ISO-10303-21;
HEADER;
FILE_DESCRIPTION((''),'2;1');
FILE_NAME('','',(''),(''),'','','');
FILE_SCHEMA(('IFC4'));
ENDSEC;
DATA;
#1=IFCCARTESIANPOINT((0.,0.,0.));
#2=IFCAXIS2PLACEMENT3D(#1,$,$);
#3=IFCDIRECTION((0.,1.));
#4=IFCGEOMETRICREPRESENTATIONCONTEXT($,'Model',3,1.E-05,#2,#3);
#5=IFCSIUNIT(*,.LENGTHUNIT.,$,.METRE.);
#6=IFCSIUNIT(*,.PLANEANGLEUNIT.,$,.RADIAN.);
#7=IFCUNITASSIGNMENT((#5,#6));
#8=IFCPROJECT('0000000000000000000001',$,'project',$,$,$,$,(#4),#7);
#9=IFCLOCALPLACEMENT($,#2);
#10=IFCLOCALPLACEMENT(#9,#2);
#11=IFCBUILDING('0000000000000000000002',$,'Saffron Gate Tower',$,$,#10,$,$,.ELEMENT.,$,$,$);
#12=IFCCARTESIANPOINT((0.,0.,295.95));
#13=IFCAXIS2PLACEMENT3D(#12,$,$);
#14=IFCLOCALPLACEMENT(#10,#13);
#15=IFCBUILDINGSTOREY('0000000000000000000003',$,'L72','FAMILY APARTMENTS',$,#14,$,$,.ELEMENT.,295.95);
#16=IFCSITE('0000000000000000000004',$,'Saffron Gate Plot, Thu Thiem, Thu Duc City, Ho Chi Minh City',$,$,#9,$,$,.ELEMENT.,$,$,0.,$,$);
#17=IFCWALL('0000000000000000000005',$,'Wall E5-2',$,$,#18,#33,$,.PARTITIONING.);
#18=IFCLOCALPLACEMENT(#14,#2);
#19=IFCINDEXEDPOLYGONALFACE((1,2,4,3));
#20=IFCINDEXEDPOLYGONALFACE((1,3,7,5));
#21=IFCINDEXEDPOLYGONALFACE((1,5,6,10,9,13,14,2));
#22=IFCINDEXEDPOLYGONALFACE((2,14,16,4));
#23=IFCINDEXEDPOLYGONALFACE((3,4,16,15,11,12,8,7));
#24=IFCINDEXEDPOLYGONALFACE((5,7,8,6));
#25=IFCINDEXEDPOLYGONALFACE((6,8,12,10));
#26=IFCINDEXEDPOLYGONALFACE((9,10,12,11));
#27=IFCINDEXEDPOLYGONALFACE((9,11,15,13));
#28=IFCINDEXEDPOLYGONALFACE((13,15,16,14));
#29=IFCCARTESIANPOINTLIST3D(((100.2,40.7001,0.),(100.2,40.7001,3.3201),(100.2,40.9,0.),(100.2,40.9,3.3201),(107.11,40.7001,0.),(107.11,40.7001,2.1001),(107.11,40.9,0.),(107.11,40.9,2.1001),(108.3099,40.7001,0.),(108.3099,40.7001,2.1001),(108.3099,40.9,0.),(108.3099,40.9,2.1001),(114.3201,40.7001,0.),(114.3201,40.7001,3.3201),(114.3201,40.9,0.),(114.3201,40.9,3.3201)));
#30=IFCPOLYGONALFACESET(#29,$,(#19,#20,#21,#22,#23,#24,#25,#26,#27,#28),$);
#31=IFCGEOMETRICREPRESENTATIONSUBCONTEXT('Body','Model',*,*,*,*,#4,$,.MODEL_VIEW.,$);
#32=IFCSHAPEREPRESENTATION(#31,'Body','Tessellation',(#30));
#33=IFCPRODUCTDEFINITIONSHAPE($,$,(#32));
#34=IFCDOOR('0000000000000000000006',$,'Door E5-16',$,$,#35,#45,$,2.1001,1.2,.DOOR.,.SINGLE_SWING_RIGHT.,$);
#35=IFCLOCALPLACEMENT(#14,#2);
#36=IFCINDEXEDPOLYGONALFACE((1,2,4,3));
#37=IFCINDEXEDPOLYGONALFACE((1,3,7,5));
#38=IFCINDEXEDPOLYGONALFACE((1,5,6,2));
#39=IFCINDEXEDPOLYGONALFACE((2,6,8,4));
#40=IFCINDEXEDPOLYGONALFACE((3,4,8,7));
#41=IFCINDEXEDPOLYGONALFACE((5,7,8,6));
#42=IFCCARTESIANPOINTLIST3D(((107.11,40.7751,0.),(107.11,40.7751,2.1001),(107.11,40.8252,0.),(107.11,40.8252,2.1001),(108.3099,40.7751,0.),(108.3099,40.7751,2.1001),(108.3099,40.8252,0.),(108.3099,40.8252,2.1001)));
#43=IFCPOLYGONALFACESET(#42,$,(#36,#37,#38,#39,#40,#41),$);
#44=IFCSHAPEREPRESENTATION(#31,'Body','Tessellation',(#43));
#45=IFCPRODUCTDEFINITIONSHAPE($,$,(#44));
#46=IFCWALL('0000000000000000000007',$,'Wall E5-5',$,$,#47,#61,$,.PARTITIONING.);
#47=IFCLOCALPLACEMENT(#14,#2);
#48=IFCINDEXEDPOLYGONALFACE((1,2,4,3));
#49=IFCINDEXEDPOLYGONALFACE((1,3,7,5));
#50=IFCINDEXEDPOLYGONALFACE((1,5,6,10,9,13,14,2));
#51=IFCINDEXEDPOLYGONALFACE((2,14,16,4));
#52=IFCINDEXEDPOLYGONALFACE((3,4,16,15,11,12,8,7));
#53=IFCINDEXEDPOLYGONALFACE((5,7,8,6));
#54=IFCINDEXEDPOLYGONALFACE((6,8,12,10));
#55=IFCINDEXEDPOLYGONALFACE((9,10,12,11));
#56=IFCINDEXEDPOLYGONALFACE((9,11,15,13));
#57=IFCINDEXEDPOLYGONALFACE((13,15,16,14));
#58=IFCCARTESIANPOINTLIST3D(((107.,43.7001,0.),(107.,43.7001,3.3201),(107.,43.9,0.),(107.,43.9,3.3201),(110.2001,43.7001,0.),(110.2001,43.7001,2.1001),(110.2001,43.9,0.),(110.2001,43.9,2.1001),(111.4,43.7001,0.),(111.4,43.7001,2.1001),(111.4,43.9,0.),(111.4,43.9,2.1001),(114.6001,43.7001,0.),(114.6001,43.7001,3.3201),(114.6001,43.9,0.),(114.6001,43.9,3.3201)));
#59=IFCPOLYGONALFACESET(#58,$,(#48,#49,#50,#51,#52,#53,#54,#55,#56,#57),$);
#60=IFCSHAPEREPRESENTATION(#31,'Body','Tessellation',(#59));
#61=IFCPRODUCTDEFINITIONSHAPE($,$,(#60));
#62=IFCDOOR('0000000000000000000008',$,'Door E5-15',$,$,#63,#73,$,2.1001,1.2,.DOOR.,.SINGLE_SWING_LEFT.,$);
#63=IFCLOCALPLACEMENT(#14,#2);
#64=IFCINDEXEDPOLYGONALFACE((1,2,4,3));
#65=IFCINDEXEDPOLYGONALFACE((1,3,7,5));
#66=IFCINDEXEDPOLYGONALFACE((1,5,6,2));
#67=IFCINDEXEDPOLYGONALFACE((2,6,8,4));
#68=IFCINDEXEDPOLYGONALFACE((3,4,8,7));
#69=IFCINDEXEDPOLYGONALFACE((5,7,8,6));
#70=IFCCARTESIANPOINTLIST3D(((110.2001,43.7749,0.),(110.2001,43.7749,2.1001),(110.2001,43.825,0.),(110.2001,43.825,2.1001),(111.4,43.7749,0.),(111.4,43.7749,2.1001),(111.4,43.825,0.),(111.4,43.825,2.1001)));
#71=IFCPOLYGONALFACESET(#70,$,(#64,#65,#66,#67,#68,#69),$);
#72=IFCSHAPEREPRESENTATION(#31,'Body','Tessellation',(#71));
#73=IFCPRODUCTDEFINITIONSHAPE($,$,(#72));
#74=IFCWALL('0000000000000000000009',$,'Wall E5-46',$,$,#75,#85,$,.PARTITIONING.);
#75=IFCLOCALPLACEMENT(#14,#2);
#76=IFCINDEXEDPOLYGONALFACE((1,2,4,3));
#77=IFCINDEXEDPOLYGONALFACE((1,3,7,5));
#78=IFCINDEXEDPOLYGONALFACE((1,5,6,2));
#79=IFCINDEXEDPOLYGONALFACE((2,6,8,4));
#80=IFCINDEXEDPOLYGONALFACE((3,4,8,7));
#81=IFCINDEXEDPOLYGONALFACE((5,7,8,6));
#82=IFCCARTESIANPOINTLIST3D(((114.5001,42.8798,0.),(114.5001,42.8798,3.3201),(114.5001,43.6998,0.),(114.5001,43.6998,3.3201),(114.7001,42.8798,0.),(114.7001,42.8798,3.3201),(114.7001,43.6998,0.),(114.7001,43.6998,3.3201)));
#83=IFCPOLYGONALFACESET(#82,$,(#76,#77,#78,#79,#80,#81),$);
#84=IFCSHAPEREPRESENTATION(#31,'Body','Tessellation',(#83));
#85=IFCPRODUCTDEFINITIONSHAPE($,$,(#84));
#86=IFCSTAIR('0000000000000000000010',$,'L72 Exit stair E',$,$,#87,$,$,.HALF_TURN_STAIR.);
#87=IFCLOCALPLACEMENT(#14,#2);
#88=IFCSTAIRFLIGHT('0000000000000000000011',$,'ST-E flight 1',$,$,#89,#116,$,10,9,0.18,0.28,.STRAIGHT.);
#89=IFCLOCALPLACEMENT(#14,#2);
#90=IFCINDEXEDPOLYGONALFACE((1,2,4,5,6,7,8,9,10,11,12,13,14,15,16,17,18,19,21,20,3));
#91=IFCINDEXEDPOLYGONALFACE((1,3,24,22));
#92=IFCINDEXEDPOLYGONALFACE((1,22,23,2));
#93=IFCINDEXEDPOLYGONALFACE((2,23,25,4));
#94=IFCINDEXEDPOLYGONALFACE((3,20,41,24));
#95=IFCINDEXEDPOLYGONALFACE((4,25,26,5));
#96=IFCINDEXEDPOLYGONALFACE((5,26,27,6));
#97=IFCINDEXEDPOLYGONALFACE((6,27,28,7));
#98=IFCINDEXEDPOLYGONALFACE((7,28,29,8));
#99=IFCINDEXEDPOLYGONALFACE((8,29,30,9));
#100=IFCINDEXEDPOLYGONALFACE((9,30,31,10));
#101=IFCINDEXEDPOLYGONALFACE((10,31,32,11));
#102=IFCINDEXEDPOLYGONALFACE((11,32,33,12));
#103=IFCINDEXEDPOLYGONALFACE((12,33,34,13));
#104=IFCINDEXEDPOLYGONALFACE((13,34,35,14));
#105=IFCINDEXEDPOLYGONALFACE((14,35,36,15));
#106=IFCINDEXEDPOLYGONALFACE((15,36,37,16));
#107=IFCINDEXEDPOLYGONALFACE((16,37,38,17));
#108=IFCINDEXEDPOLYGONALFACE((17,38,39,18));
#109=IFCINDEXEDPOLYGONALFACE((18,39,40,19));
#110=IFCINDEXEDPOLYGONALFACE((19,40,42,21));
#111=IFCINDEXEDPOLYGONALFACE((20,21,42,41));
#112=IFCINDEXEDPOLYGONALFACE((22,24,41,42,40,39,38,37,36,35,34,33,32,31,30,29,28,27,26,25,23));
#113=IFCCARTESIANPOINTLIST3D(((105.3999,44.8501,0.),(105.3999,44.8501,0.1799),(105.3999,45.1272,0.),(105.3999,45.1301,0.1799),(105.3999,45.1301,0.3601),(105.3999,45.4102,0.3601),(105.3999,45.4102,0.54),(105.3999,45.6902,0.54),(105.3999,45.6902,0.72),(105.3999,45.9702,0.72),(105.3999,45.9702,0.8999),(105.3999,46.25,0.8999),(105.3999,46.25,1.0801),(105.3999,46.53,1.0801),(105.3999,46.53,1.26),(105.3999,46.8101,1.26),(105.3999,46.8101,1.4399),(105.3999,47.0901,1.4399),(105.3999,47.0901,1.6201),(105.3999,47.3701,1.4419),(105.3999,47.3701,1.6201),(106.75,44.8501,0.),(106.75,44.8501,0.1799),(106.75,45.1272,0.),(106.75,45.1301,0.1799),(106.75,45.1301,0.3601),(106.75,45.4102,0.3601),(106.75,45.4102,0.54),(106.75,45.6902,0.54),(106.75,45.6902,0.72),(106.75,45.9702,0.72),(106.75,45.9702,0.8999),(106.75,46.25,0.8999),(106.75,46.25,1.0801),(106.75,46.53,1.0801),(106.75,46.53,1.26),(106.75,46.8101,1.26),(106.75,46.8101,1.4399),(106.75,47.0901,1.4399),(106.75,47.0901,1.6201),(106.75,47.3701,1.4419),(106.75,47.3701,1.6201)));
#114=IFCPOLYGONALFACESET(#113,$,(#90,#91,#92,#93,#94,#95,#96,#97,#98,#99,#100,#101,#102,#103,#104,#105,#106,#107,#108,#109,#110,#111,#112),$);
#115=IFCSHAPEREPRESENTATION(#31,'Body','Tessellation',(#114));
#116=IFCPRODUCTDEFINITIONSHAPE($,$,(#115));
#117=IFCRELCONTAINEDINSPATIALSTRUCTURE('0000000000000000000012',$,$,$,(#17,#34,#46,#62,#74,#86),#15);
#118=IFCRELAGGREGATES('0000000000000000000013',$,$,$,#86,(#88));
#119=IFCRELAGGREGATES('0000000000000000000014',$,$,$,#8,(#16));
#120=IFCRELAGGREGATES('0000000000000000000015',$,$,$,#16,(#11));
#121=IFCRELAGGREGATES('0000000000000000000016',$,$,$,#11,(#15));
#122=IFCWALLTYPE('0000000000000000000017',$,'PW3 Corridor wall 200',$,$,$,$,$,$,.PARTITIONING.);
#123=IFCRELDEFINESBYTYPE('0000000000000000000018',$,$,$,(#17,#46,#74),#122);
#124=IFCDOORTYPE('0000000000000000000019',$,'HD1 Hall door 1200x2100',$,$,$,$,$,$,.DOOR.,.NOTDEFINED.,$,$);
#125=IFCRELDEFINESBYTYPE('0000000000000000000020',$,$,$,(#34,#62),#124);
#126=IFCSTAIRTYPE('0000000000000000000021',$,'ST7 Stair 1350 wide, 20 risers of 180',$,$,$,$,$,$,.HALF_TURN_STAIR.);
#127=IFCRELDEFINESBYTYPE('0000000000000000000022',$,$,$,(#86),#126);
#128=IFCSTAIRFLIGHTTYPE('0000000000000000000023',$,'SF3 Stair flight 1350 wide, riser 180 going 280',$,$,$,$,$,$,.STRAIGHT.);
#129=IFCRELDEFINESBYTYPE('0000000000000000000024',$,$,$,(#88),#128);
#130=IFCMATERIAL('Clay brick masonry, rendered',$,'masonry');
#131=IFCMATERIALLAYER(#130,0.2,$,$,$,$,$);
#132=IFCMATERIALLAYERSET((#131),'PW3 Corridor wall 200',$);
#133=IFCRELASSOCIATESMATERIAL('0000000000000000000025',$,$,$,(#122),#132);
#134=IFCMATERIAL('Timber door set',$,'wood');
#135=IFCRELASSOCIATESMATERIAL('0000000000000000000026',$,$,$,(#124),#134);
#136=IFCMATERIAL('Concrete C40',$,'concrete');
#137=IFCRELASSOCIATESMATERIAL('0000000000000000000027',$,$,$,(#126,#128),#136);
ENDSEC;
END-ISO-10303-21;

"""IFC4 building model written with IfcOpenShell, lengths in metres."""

from ifc_helpers import new_model, si_unit, direction, frame, frame_2d, origin, place, context, subcontext, project, spatial, polyline, rectangle, outline, extrude, material, layer, layer_set, type_object, element, fill, aggregate, save


model = new_model("IFC4")

# Units and contexts
model_context = context("Model", 3, precision=1e-05, world=origin(), true_north=direction((0.0, 1.0)))
body_context = subcontext(model_context, "Body", "Model", "MODEL_VIEW")
ifc_project = project(units=[si_unit("LENGTHUNIT", "METRE"), si_unit("PLANEANGLEUNIT", "RADIAN")], contexts=[model_context])

# Site, building, storey
site_placement = place(None, origin())
site = spatial("IfcSite", under=ifc_project, at=site_placement, Name="Saffron Gate Plot, Thu Thiem, Thu Duc City, Ho Chi Minh City", CompositionType="ELEMENT", RefElevation=0.0)
building_placement = place(site_placement, origin())
building = spatial("IfcBuilding", under=site, at=building_placement, Name="Saffron Gate Tower", CompositionType="ELEMENT")
storey_placement = place(building_placement, frame((0.0, 0.0, 295.95)))
storey = spatial("IfcBuildingStorey", under=building, at=storey_placement, Name="L72", Description="FAMILY APARTMENTS", CompositionType="ELEMENT", Elevation=295.95)

# Shared definitions
ifc_material_1 = material(Name="Concrete C40", Category="concrete")

# Walls, openings, doors
ifc_material_2 = material(Name="Clay brick masonry, rendered", Category="masonry")
ifc_layer_1 = layer(ifc_material_2, 0.2)
ifc_layer_set_1 = layer_set([ifc_layer_1], Name="PW3 Corridor wall 200")
wall_type_1 = type_object("IfcWallType", Name="PW3 Corridor wall 200", PredefinedType="PARTITIONING", material=ifc_layer_set_1)
wall_1_placement = place(storey_placement, frame((114.3201, 40.8, 0.0), z_axis=(0.0, 0.0, 1.0), x_axis=(-1.0, 0.0, 0.0)))
wall_1 = element("IfcWall", 1, at=wall_1_placement, inside=storey, type_object=wall_type_1, Name="Wall E5-2", PredefinedType="PARTITIONING", context=body_context, shape_type="SweptSolid", body=[
    extrude(rectangle(XDim=14.1201, YDim=0.2, at=frame_2d((7.0601, 0.0))), origin(), (0.0, 0.0, 1.0), 3.3201),
])
opening_1_placement = place(wall_1_placement, frame((6.01, 0.0, 0.0)))
opening_1 = element("IfcOpeningElement", 2, at=opening_1_placement, cuts=wall_1, PredefinedType="OPENING", context=body_context, shape_type="SweptSolid", body=[
    extrude(rectangle(XDim=1.2, YDim=2.1001, at=frame_2d((0.6001, 1.05))), frame((0.0, 0.1099, 0.0), z_axis=(0.0, -1.0, 0.0), x_axis=(1.0, 0.0, 0.0)), (0.0, 0.0, 1.0), 0.22),
])
ifc_material_3 = material(Name="Timber door set", Category="wood")
door_type = type_object("IfcDoorType", Name="HD1 Hall door 1200x2100", OperationType="NOTDEFINED", PredefinedType="DOOR", material=ifc_material_3)
door_1_placement = place(opening_1_placement, origin())
door_1 = element("IfcDoor", 3, at=door_1_placement, inside=storey, type_object=door_type, Name="Door E5-16", OperationType="SINGLE_SWING_RIGHT", OverallHeight=2.1001, OverallWidth=1.2, PredefinedType="DOOR", context=body_context, shape_type="SweptSolid", body=[
    extrude(rectangle(XDim=1.2, YDim=2.1001, at=frame_2d((0.6001, 1.05))), frame((0.0, 0.0249, 0.0), z_axis=(0.0, -1.0, 0.0), x_axis=(1.0, 0.0, 0.0)), (0.0, 0.0, 1.0), 0.05),
])
fill(opening_1, door_1)
wall_2_placement = place(storey_placement, frame((107.0, 43.8, 0.0), z_axis=(0.0, 0.0, 1.0), x_axis=(1.0, 0.0, 0.0)))
wall_2 = element("IfcWall", 4, at=wall_2_placement, inside=storey, type_object=wall_type_1, Name="Wall E5-5", PredefinedType="PARTITIONING", context=body_context, shape_type="SweptSolid", body=[
    extrude(rectangle(XDim=7.6001, YDim=0.2, at=frame_2d((3.8, 0.0))), origin(), (0.0, 0.0, 1.0), 3.3201),
])
opening_2_placement = place(wall_2_placement, frame((3.2, 0.0, 0.0)))
opening_2 = element("IfcOpeningElement", 5, at=opening_2_placement, cuts=wall_2, PredefinedType="OPENING", context=body_context, shape_type="SweptSolid", body=[
    extrude(rectangle(XDim=1.2, YDim=2.1001, at=frame_2d((0.6001, 1.05))), frame((0.0, 0.1099, 0.0), z_axis=(0.0, -1.0, 0.0), x_axis=(1.0, 0.0, 0.0)), (0.0, 0.0, 1.0), 0.22),
])
door_2_placement = place(opening_2_placement, origin())
door_2 = element("IfcDoor", 6, at=door_2_placement, inside=storey, type_object=door_type, Name="Door E5-15", OperationType="SINGLE_SWING_LEFT", OverallHeight=2.1001, OverallWidth=1.2, PredefinedType="DOOR", context=body_context, shape_type="SweptSolid", body=[
    extrude(rectangle(XDim=1.2, YDim=2.1001, at=frame_2d((0.6001, 1.05))), frame((0.0, 0.0249, 0.0), z_axis=(0.0, -1.0, 0.0), x_axis=(1.0, 0.0, 0.0)), (0.0, 0.0, 1.0), 0.05),
])
fill(opening_2, door_2)

# Wall
wall_3_placement = place(storey_placement, frame((114.6001, 43.7, 0.0), z_axis=(0.0, 0.0, 1.0), x_axis=(0.0, -1.0, 0.0)))
element("IfcWall", 7, at=wall_3_placement, inside=storey, type_object=wall_type_1, Name="Wall E5-46", PredefinedType="PARTITIONING", context=body_context, shape_type="SweptSolid", body=[
    extrude(rectangle(XDim=0.8201, YDim=0.2, at=frame_2d((0.4102, 0.0))), origin(), (0.0, 0.0, 1.0), 3.3201),
])

# Stair, stair flight
stair_type = type_object("IfcStairType", Name="ST7 Stair 1350 wide, 20 risers of 180", PredefinedType="HALF_TURN_STAIR", material=ifc_material_1)
stair_placement = place(storey_placement, origin())
stair = element("IfcStair", 8, at=stair_placement, inside=storey, type_object=stair_type, Name="L72 Exit stair E", PredefinedType="HALF_TURN_STAIR")
stair_flight_type = type_object("IfcStairFlightType", Name="SF3 Stair flight 1350 wide, riser 180 going 280", PredefinedType="STRAIGHT", material=ifc_material_1)
stair_flight_placement = place(storey_placement, frame((106.075, 44.8501, 0.0), z_axis=(0.0, 0.0, 1.0), x_axis=(0.0, 1.0, 0.0)))
stair_flight = element("IfcStairFlight", 9, at=stair_flight_placement, type_object=stair_flight_type, Name="ST-E flight 1", NumberOfRisers=10, NumberOfTreads=9, PredefinedType="STRAIGHT", RiserHeight=0.18, TreadLength=0.28, context=body_context, shape_type="SweptSolid", body=[
    extrude(outline(polyline([(0.0, 0.0), (0.0, 0.1799), (0.28, 0.1799), (0.28, 0.3601), (0.5601, 0.3601), (0.5601, 0.54), (0.8401, 0.54), (0.8401, 0.72), (1.1201, 0.72), (1.1201, 0.8999), (1.3999, 0.8999), (1.3999, 1.0801), (1.6799, 1.0801), (1.6799, 1.26), (1.96, 1.26), (1.96, 1.4399), (2.24, 1.4399), (2.24, 1.6201), (2.52, 1.6201), (2.52, 1.8), (2.52, 1.4419), (0.2771, 0.0), (0.0, 0.0)])), frame((0.0, 0.675, 0.0), z_axis=(0.0, -1.0, 0.0), x_axis=(1.0, 0.0, 0.0)), (0.0, 0.0, 1.0), 1.3501),
])
aggregate(stair, [stair_flight])

save(model, "model.ifc")
